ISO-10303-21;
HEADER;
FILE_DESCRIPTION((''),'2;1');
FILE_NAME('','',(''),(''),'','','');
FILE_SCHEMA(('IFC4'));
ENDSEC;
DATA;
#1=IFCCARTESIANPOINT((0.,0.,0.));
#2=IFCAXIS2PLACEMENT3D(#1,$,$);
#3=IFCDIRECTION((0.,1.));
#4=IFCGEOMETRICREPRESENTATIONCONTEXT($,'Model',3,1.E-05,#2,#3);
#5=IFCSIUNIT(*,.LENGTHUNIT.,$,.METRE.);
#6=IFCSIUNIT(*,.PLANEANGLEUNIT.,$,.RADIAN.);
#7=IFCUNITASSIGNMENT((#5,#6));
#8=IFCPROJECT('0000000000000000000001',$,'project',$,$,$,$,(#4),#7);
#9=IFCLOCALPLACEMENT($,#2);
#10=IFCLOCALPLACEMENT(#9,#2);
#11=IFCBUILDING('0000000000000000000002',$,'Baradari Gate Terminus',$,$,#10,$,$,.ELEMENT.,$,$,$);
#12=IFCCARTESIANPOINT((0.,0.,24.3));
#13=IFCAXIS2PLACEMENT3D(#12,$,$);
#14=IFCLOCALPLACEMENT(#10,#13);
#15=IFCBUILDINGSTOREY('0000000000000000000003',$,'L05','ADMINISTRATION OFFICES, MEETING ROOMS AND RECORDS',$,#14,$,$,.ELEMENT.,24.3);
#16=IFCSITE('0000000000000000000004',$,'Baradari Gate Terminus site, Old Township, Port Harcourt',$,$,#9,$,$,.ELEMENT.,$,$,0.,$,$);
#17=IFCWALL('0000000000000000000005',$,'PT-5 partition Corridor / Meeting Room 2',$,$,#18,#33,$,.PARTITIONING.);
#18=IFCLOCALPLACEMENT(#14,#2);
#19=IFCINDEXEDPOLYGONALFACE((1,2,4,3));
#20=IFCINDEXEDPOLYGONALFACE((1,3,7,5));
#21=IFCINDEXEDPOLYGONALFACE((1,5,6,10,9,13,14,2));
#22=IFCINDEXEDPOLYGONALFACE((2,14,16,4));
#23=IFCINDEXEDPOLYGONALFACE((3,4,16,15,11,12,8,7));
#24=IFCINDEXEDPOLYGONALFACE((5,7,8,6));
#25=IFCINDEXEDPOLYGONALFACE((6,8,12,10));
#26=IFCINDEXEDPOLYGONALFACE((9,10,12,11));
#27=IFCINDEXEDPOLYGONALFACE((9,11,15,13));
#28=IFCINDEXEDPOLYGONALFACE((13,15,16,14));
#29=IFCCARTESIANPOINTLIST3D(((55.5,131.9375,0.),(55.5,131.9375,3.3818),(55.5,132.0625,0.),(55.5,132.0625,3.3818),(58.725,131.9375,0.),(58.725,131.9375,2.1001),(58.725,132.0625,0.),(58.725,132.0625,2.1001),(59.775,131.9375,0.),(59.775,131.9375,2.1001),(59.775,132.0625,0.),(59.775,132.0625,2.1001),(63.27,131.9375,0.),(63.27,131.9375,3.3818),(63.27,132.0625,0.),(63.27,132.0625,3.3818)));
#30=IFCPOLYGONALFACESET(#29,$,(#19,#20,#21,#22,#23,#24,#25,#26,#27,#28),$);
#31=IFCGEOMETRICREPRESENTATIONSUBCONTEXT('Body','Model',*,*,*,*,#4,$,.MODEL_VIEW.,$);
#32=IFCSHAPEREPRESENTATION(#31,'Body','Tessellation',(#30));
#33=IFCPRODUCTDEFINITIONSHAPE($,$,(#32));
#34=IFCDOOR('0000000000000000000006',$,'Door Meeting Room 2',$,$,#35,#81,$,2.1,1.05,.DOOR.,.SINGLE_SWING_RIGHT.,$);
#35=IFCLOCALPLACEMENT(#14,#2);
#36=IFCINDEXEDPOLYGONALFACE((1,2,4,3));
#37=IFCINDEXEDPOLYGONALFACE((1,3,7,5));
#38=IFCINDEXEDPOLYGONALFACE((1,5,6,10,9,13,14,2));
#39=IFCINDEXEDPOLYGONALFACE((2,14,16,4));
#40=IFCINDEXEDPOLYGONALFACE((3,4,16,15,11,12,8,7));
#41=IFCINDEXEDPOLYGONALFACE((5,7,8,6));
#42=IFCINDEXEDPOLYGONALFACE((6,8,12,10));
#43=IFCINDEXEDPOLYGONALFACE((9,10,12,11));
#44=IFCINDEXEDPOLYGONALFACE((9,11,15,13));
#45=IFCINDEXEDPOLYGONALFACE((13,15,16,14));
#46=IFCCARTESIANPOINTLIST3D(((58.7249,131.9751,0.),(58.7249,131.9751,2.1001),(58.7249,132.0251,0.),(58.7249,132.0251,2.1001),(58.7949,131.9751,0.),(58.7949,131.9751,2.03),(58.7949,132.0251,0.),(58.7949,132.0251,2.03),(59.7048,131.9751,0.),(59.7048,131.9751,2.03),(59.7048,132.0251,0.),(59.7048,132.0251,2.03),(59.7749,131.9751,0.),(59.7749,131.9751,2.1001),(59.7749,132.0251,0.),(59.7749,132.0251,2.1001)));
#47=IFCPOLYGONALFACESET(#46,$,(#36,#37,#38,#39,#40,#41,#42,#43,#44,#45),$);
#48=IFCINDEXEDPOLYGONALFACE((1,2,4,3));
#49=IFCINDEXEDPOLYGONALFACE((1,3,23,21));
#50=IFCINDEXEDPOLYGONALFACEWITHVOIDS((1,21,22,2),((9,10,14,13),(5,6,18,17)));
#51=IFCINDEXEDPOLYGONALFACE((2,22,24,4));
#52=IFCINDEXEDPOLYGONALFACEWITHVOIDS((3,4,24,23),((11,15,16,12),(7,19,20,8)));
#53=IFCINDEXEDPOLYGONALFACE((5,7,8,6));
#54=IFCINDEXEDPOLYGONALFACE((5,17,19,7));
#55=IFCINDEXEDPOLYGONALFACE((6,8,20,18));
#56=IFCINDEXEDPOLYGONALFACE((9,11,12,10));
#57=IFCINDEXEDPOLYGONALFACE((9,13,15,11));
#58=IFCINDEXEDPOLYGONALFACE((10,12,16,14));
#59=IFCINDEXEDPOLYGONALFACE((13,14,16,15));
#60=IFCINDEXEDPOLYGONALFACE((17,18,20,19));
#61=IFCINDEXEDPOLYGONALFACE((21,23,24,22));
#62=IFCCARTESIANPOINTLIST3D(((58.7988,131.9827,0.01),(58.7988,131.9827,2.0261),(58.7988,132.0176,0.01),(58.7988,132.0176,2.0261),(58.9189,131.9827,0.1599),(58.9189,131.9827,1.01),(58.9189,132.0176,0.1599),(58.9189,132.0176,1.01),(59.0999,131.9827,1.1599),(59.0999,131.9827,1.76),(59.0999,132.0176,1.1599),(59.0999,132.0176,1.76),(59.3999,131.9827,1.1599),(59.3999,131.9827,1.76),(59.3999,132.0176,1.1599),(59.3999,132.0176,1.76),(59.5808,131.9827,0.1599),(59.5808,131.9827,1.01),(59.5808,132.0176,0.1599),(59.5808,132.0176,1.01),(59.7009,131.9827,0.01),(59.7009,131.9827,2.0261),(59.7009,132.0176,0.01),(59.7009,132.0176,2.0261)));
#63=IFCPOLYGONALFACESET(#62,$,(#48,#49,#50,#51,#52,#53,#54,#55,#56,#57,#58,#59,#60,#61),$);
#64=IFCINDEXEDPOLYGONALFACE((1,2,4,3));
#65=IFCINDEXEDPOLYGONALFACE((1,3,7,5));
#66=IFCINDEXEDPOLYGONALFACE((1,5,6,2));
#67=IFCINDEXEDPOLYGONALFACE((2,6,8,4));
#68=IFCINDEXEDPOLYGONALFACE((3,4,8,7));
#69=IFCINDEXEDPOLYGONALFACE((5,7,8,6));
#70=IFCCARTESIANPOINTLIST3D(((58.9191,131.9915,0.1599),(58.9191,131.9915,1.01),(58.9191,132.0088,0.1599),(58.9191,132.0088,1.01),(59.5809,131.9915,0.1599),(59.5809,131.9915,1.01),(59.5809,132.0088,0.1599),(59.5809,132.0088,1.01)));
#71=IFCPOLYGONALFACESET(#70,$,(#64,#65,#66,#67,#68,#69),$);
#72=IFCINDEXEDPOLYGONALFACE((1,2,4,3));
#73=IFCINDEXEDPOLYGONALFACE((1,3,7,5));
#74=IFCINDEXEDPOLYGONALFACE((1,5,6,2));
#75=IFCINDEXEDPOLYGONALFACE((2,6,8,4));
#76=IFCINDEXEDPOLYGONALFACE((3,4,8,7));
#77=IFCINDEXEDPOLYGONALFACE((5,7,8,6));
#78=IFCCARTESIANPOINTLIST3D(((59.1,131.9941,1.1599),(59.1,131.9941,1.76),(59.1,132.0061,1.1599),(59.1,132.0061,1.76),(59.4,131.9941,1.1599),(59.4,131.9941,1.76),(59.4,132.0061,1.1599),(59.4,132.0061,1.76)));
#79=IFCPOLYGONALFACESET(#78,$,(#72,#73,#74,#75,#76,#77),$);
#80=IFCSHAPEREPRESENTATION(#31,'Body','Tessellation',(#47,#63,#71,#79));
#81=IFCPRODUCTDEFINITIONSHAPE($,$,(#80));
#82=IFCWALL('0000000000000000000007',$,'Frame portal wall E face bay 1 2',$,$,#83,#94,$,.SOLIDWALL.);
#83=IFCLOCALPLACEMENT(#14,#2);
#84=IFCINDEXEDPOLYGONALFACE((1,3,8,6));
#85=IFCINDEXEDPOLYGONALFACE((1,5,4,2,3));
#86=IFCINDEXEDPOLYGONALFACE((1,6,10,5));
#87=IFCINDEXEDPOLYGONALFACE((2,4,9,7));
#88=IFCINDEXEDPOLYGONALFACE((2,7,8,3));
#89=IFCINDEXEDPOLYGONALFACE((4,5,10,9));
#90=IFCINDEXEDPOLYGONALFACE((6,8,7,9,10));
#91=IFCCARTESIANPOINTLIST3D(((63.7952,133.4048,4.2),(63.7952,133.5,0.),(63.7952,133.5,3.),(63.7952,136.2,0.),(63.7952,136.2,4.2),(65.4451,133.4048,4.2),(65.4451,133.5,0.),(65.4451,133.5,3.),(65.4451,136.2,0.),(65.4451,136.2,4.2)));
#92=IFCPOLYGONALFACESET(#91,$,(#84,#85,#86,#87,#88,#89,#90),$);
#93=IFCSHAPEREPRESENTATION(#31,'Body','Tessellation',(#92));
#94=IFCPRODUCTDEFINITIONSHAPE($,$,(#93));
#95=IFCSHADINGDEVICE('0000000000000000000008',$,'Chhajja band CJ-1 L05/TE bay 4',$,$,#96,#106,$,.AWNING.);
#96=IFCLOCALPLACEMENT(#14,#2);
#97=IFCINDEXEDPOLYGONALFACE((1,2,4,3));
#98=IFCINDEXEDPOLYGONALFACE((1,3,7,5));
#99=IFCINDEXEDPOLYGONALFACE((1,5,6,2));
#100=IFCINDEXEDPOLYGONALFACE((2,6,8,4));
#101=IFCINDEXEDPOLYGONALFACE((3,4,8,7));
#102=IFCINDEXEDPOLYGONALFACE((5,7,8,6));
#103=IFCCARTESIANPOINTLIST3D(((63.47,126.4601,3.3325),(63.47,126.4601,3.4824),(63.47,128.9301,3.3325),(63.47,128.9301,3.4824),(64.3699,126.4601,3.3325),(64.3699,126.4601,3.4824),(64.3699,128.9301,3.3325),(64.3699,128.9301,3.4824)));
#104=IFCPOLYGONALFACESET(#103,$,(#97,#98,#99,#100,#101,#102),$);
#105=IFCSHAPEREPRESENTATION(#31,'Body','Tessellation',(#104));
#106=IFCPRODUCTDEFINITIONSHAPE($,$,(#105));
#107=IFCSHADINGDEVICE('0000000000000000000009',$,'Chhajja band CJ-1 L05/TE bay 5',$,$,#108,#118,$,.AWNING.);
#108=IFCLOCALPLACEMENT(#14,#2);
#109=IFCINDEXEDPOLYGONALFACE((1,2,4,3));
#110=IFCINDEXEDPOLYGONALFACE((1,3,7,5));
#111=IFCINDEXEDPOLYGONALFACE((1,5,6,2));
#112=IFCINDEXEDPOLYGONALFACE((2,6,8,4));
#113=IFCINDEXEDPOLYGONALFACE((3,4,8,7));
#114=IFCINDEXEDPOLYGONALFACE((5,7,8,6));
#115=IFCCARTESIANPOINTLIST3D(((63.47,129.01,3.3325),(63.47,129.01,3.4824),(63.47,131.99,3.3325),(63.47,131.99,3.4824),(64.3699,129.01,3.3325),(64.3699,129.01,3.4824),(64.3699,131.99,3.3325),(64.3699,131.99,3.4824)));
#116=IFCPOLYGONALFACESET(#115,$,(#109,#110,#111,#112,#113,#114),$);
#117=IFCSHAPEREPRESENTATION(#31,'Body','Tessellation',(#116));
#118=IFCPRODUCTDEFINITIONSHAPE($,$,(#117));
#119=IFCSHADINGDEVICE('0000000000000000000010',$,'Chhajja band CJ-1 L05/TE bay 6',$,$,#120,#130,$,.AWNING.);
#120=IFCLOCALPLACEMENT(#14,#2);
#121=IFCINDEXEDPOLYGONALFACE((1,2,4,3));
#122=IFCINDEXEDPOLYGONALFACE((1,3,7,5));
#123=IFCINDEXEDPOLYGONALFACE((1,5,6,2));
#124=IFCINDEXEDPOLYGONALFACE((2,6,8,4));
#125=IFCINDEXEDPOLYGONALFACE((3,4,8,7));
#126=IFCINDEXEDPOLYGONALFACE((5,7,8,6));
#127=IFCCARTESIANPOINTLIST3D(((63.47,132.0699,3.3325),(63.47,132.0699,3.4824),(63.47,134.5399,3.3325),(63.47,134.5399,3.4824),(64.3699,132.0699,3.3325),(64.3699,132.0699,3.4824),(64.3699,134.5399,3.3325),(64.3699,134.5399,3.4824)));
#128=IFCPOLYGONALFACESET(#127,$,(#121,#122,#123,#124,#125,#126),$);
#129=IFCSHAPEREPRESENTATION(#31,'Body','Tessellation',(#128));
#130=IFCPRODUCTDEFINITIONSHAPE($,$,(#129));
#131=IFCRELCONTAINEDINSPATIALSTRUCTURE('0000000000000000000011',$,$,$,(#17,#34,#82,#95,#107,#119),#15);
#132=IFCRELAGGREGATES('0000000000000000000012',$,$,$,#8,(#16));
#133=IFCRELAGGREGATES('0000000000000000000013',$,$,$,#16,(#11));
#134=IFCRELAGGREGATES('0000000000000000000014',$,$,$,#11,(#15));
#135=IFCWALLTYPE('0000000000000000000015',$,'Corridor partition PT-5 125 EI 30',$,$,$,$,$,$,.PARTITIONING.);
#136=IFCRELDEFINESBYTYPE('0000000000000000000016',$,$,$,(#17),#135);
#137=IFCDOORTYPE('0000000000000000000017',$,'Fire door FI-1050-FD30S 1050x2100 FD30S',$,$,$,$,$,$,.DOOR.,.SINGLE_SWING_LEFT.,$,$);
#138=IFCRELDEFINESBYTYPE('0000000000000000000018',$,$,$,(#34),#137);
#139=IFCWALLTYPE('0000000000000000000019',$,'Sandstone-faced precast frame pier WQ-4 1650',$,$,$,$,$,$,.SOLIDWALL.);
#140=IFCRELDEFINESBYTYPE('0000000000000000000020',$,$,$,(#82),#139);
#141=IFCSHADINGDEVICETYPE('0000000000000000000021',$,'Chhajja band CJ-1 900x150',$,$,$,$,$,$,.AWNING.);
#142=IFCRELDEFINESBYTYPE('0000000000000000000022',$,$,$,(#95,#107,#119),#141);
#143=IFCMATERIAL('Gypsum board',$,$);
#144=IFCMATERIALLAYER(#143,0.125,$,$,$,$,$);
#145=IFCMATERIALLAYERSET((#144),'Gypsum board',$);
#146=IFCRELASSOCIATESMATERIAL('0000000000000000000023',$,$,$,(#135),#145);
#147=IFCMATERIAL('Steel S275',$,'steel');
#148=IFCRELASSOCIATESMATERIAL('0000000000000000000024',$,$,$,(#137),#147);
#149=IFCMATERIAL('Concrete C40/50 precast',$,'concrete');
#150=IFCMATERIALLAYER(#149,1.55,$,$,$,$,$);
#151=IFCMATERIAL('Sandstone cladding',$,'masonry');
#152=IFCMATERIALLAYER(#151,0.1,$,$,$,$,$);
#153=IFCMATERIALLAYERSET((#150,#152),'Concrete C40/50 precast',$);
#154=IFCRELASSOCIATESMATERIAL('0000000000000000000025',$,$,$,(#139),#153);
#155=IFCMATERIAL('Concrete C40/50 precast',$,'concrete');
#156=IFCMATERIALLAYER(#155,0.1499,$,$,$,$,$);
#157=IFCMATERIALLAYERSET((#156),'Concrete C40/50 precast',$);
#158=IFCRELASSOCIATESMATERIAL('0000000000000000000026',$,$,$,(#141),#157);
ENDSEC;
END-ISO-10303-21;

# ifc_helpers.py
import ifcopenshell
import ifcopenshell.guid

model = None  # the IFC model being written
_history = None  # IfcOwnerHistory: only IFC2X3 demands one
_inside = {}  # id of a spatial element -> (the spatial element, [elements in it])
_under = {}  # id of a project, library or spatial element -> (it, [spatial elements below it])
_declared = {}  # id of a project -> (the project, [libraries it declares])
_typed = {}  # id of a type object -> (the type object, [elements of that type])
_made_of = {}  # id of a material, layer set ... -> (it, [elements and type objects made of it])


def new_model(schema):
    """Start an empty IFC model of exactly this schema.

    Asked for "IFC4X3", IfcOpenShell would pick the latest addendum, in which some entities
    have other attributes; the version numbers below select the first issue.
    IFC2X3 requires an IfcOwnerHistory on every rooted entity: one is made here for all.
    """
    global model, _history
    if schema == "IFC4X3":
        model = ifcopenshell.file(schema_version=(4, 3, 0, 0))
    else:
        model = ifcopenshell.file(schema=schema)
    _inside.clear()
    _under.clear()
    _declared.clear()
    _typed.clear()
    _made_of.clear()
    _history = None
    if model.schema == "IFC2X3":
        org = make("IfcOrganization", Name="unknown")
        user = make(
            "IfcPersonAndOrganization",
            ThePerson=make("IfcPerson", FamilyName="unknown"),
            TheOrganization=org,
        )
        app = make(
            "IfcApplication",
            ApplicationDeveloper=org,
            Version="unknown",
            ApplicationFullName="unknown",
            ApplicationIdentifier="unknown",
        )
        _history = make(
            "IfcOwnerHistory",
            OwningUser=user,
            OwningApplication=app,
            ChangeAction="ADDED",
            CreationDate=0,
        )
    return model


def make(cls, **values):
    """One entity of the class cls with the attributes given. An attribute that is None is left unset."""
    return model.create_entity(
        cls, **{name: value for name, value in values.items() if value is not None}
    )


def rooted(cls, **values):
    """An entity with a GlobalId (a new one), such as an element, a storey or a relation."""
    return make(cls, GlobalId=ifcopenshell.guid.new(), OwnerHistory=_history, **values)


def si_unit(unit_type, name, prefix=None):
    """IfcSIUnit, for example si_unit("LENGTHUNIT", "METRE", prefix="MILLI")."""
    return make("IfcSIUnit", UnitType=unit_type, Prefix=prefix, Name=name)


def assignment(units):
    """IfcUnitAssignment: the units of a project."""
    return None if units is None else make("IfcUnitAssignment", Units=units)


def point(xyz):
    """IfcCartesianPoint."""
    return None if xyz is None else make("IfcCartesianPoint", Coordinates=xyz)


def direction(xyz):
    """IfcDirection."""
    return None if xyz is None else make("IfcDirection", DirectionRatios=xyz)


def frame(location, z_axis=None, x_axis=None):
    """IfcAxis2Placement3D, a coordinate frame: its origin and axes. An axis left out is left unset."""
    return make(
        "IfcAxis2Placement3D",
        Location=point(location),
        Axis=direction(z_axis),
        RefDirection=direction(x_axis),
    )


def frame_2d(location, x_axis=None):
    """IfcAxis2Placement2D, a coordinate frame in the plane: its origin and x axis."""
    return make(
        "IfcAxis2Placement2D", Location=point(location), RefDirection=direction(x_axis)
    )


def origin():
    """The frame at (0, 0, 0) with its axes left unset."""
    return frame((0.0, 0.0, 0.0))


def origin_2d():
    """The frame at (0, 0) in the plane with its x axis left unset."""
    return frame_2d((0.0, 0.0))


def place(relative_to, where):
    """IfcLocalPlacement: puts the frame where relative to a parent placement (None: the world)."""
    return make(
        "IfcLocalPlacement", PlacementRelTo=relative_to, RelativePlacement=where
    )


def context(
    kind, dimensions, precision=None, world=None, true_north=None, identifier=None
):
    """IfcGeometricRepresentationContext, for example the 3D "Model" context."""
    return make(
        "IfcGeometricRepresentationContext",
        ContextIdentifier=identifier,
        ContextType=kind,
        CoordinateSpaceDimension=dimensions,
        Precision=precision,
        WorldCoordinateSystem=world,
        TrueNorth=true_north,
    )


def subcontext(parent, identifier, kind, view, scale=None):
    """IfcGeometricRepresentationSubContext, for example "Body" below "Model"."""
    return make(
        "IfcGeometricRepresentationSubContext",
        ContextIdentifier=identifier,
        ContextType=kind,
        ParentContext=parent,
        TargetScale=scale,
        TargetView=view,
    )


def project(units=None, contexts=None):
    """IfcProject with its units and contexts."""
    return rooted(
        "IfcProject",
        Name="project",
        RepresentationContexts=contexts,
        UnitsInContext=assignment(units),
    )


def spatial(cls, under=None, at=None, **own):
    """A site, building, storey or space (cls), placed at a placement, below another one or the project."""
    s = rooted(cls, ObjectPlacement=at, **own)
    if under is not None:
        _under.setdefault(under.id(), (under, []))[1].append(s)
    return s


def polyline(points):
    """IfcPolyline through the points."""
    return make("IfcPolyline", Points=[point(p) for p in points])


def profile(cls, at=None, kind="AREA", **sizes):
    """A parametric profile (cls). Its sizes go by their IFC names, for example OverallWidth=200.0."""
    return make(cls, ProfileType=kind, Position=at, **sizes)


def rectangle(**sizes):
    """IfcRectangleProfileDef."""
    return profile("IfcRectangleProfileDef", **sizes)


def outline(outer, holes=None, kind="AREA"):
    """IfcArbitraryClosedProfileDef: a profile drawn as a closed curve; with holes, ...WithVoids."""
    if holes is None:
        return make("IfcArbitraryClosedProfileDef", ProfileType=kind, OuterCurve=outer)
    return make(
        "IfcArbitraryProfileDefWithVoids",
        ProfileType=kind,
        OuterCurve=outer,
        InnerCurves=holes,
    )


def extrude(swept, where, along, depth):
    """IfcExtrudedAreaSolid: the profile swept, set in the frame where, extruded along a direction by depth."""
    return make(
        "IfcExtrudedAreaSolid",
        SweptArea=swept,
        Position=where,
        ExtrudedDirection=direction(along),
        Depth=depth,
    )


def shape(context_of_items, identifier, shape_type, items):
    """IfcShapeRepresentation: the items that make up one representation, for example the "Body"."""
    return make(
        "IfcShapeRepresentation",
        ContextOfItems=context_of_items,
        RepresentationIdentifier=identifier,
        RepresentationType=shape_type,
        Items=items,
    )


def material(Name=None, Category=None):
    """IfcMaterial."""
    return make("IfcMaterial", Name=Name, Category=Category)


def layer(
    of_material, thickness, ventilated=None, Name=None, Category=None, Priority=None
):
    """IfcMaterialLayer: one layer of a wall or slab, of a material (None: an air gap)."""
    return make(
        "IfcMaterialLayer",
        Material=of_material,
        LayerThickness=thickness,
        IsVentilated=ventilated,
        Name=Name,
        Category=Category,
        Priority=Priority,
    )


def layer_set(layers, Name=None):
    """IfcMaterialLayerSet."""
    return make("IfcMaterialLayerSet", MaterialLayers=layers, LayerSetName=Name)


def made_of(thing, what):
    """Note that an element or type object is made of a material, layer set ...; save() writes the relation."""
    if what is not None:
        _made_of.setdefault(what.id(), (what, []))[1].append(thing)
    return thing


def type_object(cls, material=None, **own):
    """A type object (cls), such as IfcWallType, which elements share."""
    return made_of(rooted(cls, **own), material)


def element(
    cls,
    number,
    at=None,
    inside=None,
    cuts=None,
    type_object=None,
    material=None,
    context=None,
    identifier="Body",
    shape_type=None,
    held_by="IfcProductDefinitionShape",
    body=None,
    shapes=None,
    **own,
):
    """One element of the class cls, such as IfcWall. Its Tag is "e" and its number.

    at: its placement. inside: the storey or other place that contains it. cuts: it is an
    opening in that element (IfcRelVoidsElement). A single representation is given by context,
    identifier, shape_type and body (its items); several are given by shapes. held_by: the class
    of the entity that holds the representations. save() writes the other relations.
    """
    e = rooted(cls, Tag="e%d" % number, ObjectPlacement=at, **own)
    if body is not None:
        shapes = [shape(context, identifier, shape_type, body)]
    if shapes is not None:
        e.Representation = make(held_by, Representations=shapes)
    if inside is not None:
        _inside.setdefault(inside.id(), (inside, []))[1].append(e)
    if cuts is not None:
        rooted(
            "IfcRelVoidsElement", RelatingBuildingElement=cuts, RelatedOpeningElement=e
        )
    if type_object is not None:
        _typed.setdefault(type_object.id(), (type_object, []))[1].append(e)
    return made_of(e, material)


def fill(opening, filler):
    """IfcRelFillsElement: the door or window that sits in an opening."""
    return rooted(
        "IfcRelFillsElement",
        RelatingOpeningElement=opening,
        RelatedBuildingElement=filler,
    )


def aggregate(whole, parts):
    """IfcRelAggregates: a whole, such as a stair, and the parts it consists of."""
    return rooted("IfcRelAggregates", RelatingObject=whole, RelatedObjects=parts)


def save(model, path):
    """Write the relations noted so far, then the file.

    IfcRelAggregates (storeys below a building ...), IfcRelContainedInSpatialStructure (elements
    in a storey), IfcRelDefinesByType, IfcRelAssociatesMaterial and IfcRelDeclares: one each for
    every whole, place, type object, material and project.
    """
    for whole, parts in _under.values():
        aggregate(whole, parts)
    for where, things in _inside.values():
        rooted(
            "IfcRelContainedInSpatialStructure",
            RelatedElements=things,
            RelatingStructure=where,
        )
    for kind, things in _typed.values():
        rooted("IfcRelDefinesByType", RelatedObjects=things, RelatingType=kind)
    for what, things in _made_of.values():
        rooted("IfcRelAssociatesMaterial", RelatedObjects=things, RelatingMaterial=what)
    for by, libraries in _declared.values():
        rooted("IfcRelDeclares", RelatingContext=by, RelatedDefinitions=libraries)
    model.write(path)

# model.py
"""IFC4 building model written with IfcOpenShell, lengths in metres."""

from ifc_helpers import new_model, si_unit, direction, frame, frame_2d, origin, origin_2d, place, context, subcontext, project, spatial, polyline, rectangle, outline, extrude, material, layer, layer_set, type_object, element, fill, save


model = new_model("IFC4")

# Units and contexts
model_context = context("Model", 3, precision=1e-05, world=origin(), true_north=direction((0.0, 1.0)))
body_context = subcontext(model_context, "Body", "Model", "MODEL_VIEW")
ifc_project = project(units=[si_unit("LENGTHUNIT", "METRE"), si_unit("PLANEANGLEUNIT", "RADIAN")], contexts=[model_context])

# Site, building, storey
site_placement = place(None, origin())
site = spatial("IfcSite", under=ifc_project, at=site_placement, Name="Baradari Gate Terminus site, Old Township, Port Harcourt", CompositionType="ELEMENT", RefElevation=0.0)
building_placement = place(site_placement, origin())
building = spatial("IfcBuilding", under=site, at=building_placement, Name="Baradari Gate Terminus", CompositionType="ELEMENT")
storey_placement = place(building_placement, frame((0.0, 0.0, 24.3)))
storey = spatial("IfcBuildingStorey", under=building, at=storey_placement, Name="L05", Description="ADMINISTRATION OFFICES, MEETING ROOMS AND RECORDS", CompositionType="ELEMENT", Elevation=24.3)

# Wall, opening, door
ifc_material_1 = material(Name="Gypsum board")
ifc_layer_1 = layer(ifc_material_1, 0.125)
ifc_layer_set_1 = layer_set([ifc_layer_1], Name="Gypsum board")
wall_type_1 = type_object("IfcWallType", Name="Corridor partition PT-5 125 EI 30", PredefinedType="PARTITIONING", material=ifc_layer_set_1)
wall_1_placement = place(storey_placement, frame((63.27, 132.0, 0.0), z_axis=(0.0, 0.0, 1.0), x_axis=(-1.0, 0.0, 0.0)))
wall_1 = element("IfcWall", 1, at=wall_1_placement, inside=storey, type_object=wall_type_1, Name="PT-5 partition Corridor / Meeting Room 2", PredefinedType="PARTITIONING", context=body_context, shape_type="SweptSolid", body=[
    extrude(rectangle(XDim=7.77, YDim=0.125, at=frame_2d((3.885, 0.0))), origin(), (0.0, 0.0, 1.0), 3.3818),
])
opening_placement = place(wall_1_placement, frame((3.4951, 0.0, 0.0)))
opening = element("IfcOpeningElement", 2, at=opening_placement, cuts=wall_1, PredefinedType="OPENING", context=body_context, shape_type="SweptSolid", body=[
    extrude(rectangle(XDim=1.05, YDim=2.1001, at=frame_2d((0.5249, 1.05))), frame((0.0, 0.0725, 0.0), z_axis=(0.0, -1.0, 0.0), x_axis=(1.0, 0.0, 0.0)), (0.0, 0.0, 1.0), 0.145),
])
ifc_material_2 = material(Name="Steel S275", Category="steel")
door_type = type_object("IfcDoorType", Name="Fire door FI-1050-FD30S 1050x2100 FD30S", OperationType="SINGLE_SWING_LEFT", PredefinedType="DOOR", material=ifc_material_2)
door_placement = place(opening_placement, origin())
door = element("IfcDoor", 3, at=door_placement, inside=storey, type_object=door_type, Name="Door Meeting Room 2", OperationType="SINGLE_SWING_RIGHT", OverallHeight=2.1, OverallWidth=1.05, PredefinedType="DOOR", context=body_context, shape_type="SweptSolid", body=[
    extrude(outline(polyline([(0.0, 0.0), (0.0701, 0.0), (0.0701, 2.03), (0.98, 2.03), (0.98, 0.0), (1.05, 0.0), (1.05, 2.1001), (0.0, 2.1001), (0.0, 0.0)])), frame((0.0, 0.0249, 0.0), z_axis=(0.0, -1.0, 0.0), x_axis=(1.0, 0.0, 0.0)), (0.0, 0.0, 1.0), 0.05),
    extrude(outline(polyline([(0.074, 0.01), (0.9761, 0.01), (0.9761, 2.0261), (0.074, 2.0261), (0.074, 0.01)]), holes=[polyline([(0.1941, 0.1599), (0.856, 0.1599), (0.856, 1.01), (0.1941, 1.01), (0.1941, 0.1599)]), polyline([(0.375, 1.1599), (0.675, 1.1599), (0.675, 1.76), (0.375, 1.76), (0.375, 1.1599)])]), frame((0.0, 0.0173, 0.0), z_axis=(0.0, -1.0, 0.0), x_axis=(1.0, 0.0, 0.0)), (0.0, 0.0, 1.0), 0.0349),
    extrude(rectangle(XDim=0.6619, YDim=0.8501, at=frame_2d((0.5249, 0.585))), frame((0.0, 0.0085, 0.0), z_axis=(0.0, -1.0, 0.0), x_axis=(1.0, 0.0, 0.0)), (0.0, 0.0, 1.0), 0.0173),
    extrude(rectangle(XDim=0.3, YDim=0.6001, at=frame_2d((0.5249, 1.46))), frame((0.0, 0.0059, 0.0), z_axis=(0.0, -1.0, 0.0), x_axis=(1.0, 0.0, 0.0)), (0.0, 0.0, 1.0), 0.012),
])
fill(opening, door)

# Wall
ifc_material_3 = material(Name="Concrete C40/50 precast", Category="concrete")
ifc_layer_2 = layer(ifc_material_3, 1.55)
ifc_material_4 = material(Name="Sandstone cladding", Category="masonry")
ifc_layer_3 = layer(ifc_material_4, 0.1)
ifc_layer_set_2 = layer_set([ifc_layer_2, ifc_layer_3], Name="Concrete C40/50 precast")
wall_type_2 = type_object("IfcWallType", Name="Sandstone-faced precast frame pier WQ-4 1650", PredefinedType="SOLIDWALL", material=ifc_layer_set_2)
wall_2_placement = place(storey_placement, frame((64.6201, 133.4048, 0.0), z_axis=(0.0, 0.0, 1.0), x_axis=(0.0, 1.0, 0.0)))
element("IfcWall", 4, at=wall_2_placement, inside=storey, type_object=wall_type_2, Name="Frame portal wall E face bay 1 2", PredefinedType="SOLIDWALL", context=body_context, shape_type="SweptSolid", body=[
    extrude(outline(polyline([(0.0, 4.2), (0.0952, 3.0), (0.0952, 0.0), (2.7952, 0.0), (2.7952, 4.2), (0.0, 4.2)])), frame((0.0, 0.825, 0.0), z_axis=(0.0, -1.0, 0.0), x_axis=(1.0, 0.0, 0.0)), (0.0, 0.0, 1.0), 1.6499),
])

# Shading devices
ifc_material_5 = material(Name="Concrete C40/50 precast", Category="concrete")
ifc_layer_4 = layer(ifc_material_5, 0.1499)
ifc_layer_set_3 = layer_set([ifc_layer_4], Name="Concrete C40/50 precast")
shading_device_type_1 = type_object("IfcShadingDeviceType", Name="Chhajja band CJ-1 900x150", PredefinedType="AWNING", material=ifc_layer_set_3)
shading_device_1_placement = place(storey_placement, frame((63.9199, 127.6951, 3.3325), z_axis=(0.0, 0.0, 1.0), x_axis=(0.0, 1.0, 0.0)))
element("IfcShadingDevice", 5, at=shading_device_1_placement, inside=storey, type_object=shading_device_type_1, Name="Chhajja band CJ-1 L05/TE bay 4", PredefinedType="AWNING", context=body_context, shape_type="SweptSolid", body=[
    extrude(rectangle(XDim=2.47, YDim=0.8999, at=origin_2d()), origin(), (0.0, 0.0, 1.0), 0.1499),
])
shading_device_2_placement = place(storey_placement, frame((63.9199, 130.5, 3.3325), z_axis=(0.0, 0.0, 1.0), x_axis=(0.0, 1.0, 0.0)))
element("IfcShadingDevice", 6, at=shading_device_2_placement, inside=storey, type_object=shading_device_type_1, Name="Chhajja band CJ-1 L05/TE bay 5", PredefinedType="AWNING", context=body_context, shape_type="SweptSolid", body=[
    extrude(rectangle(XDim=2.98, YDim=0.8999, at=origin_2d()), origin(), (0.0, 0.0, 1.0), 0.1499),
])
shading_device_3_placement = place(storey_placement, frame((63.9199, 133.3049, 3.3325), z_axis=(0.0, 0.0, 1.0), x_axis=(0.0, 1.0, 0.0)))
element("IfcShadingDevice", 7, at=shading_device_3_placement, inside=storey, type_object=shading_device_type_1, Name="Chhajja band CJ-1 L05/TE bay 6", PredefinedType="AWNING", context=body_context, shape_type="SweptSolid", body=[
    extrude(rectangle(XDim=2.47, YDim=0.8999, at=origin_2d()), origin(), (0.0, 0.0, 1.0), 0.1499),
])

save(model, "model.ifc")
